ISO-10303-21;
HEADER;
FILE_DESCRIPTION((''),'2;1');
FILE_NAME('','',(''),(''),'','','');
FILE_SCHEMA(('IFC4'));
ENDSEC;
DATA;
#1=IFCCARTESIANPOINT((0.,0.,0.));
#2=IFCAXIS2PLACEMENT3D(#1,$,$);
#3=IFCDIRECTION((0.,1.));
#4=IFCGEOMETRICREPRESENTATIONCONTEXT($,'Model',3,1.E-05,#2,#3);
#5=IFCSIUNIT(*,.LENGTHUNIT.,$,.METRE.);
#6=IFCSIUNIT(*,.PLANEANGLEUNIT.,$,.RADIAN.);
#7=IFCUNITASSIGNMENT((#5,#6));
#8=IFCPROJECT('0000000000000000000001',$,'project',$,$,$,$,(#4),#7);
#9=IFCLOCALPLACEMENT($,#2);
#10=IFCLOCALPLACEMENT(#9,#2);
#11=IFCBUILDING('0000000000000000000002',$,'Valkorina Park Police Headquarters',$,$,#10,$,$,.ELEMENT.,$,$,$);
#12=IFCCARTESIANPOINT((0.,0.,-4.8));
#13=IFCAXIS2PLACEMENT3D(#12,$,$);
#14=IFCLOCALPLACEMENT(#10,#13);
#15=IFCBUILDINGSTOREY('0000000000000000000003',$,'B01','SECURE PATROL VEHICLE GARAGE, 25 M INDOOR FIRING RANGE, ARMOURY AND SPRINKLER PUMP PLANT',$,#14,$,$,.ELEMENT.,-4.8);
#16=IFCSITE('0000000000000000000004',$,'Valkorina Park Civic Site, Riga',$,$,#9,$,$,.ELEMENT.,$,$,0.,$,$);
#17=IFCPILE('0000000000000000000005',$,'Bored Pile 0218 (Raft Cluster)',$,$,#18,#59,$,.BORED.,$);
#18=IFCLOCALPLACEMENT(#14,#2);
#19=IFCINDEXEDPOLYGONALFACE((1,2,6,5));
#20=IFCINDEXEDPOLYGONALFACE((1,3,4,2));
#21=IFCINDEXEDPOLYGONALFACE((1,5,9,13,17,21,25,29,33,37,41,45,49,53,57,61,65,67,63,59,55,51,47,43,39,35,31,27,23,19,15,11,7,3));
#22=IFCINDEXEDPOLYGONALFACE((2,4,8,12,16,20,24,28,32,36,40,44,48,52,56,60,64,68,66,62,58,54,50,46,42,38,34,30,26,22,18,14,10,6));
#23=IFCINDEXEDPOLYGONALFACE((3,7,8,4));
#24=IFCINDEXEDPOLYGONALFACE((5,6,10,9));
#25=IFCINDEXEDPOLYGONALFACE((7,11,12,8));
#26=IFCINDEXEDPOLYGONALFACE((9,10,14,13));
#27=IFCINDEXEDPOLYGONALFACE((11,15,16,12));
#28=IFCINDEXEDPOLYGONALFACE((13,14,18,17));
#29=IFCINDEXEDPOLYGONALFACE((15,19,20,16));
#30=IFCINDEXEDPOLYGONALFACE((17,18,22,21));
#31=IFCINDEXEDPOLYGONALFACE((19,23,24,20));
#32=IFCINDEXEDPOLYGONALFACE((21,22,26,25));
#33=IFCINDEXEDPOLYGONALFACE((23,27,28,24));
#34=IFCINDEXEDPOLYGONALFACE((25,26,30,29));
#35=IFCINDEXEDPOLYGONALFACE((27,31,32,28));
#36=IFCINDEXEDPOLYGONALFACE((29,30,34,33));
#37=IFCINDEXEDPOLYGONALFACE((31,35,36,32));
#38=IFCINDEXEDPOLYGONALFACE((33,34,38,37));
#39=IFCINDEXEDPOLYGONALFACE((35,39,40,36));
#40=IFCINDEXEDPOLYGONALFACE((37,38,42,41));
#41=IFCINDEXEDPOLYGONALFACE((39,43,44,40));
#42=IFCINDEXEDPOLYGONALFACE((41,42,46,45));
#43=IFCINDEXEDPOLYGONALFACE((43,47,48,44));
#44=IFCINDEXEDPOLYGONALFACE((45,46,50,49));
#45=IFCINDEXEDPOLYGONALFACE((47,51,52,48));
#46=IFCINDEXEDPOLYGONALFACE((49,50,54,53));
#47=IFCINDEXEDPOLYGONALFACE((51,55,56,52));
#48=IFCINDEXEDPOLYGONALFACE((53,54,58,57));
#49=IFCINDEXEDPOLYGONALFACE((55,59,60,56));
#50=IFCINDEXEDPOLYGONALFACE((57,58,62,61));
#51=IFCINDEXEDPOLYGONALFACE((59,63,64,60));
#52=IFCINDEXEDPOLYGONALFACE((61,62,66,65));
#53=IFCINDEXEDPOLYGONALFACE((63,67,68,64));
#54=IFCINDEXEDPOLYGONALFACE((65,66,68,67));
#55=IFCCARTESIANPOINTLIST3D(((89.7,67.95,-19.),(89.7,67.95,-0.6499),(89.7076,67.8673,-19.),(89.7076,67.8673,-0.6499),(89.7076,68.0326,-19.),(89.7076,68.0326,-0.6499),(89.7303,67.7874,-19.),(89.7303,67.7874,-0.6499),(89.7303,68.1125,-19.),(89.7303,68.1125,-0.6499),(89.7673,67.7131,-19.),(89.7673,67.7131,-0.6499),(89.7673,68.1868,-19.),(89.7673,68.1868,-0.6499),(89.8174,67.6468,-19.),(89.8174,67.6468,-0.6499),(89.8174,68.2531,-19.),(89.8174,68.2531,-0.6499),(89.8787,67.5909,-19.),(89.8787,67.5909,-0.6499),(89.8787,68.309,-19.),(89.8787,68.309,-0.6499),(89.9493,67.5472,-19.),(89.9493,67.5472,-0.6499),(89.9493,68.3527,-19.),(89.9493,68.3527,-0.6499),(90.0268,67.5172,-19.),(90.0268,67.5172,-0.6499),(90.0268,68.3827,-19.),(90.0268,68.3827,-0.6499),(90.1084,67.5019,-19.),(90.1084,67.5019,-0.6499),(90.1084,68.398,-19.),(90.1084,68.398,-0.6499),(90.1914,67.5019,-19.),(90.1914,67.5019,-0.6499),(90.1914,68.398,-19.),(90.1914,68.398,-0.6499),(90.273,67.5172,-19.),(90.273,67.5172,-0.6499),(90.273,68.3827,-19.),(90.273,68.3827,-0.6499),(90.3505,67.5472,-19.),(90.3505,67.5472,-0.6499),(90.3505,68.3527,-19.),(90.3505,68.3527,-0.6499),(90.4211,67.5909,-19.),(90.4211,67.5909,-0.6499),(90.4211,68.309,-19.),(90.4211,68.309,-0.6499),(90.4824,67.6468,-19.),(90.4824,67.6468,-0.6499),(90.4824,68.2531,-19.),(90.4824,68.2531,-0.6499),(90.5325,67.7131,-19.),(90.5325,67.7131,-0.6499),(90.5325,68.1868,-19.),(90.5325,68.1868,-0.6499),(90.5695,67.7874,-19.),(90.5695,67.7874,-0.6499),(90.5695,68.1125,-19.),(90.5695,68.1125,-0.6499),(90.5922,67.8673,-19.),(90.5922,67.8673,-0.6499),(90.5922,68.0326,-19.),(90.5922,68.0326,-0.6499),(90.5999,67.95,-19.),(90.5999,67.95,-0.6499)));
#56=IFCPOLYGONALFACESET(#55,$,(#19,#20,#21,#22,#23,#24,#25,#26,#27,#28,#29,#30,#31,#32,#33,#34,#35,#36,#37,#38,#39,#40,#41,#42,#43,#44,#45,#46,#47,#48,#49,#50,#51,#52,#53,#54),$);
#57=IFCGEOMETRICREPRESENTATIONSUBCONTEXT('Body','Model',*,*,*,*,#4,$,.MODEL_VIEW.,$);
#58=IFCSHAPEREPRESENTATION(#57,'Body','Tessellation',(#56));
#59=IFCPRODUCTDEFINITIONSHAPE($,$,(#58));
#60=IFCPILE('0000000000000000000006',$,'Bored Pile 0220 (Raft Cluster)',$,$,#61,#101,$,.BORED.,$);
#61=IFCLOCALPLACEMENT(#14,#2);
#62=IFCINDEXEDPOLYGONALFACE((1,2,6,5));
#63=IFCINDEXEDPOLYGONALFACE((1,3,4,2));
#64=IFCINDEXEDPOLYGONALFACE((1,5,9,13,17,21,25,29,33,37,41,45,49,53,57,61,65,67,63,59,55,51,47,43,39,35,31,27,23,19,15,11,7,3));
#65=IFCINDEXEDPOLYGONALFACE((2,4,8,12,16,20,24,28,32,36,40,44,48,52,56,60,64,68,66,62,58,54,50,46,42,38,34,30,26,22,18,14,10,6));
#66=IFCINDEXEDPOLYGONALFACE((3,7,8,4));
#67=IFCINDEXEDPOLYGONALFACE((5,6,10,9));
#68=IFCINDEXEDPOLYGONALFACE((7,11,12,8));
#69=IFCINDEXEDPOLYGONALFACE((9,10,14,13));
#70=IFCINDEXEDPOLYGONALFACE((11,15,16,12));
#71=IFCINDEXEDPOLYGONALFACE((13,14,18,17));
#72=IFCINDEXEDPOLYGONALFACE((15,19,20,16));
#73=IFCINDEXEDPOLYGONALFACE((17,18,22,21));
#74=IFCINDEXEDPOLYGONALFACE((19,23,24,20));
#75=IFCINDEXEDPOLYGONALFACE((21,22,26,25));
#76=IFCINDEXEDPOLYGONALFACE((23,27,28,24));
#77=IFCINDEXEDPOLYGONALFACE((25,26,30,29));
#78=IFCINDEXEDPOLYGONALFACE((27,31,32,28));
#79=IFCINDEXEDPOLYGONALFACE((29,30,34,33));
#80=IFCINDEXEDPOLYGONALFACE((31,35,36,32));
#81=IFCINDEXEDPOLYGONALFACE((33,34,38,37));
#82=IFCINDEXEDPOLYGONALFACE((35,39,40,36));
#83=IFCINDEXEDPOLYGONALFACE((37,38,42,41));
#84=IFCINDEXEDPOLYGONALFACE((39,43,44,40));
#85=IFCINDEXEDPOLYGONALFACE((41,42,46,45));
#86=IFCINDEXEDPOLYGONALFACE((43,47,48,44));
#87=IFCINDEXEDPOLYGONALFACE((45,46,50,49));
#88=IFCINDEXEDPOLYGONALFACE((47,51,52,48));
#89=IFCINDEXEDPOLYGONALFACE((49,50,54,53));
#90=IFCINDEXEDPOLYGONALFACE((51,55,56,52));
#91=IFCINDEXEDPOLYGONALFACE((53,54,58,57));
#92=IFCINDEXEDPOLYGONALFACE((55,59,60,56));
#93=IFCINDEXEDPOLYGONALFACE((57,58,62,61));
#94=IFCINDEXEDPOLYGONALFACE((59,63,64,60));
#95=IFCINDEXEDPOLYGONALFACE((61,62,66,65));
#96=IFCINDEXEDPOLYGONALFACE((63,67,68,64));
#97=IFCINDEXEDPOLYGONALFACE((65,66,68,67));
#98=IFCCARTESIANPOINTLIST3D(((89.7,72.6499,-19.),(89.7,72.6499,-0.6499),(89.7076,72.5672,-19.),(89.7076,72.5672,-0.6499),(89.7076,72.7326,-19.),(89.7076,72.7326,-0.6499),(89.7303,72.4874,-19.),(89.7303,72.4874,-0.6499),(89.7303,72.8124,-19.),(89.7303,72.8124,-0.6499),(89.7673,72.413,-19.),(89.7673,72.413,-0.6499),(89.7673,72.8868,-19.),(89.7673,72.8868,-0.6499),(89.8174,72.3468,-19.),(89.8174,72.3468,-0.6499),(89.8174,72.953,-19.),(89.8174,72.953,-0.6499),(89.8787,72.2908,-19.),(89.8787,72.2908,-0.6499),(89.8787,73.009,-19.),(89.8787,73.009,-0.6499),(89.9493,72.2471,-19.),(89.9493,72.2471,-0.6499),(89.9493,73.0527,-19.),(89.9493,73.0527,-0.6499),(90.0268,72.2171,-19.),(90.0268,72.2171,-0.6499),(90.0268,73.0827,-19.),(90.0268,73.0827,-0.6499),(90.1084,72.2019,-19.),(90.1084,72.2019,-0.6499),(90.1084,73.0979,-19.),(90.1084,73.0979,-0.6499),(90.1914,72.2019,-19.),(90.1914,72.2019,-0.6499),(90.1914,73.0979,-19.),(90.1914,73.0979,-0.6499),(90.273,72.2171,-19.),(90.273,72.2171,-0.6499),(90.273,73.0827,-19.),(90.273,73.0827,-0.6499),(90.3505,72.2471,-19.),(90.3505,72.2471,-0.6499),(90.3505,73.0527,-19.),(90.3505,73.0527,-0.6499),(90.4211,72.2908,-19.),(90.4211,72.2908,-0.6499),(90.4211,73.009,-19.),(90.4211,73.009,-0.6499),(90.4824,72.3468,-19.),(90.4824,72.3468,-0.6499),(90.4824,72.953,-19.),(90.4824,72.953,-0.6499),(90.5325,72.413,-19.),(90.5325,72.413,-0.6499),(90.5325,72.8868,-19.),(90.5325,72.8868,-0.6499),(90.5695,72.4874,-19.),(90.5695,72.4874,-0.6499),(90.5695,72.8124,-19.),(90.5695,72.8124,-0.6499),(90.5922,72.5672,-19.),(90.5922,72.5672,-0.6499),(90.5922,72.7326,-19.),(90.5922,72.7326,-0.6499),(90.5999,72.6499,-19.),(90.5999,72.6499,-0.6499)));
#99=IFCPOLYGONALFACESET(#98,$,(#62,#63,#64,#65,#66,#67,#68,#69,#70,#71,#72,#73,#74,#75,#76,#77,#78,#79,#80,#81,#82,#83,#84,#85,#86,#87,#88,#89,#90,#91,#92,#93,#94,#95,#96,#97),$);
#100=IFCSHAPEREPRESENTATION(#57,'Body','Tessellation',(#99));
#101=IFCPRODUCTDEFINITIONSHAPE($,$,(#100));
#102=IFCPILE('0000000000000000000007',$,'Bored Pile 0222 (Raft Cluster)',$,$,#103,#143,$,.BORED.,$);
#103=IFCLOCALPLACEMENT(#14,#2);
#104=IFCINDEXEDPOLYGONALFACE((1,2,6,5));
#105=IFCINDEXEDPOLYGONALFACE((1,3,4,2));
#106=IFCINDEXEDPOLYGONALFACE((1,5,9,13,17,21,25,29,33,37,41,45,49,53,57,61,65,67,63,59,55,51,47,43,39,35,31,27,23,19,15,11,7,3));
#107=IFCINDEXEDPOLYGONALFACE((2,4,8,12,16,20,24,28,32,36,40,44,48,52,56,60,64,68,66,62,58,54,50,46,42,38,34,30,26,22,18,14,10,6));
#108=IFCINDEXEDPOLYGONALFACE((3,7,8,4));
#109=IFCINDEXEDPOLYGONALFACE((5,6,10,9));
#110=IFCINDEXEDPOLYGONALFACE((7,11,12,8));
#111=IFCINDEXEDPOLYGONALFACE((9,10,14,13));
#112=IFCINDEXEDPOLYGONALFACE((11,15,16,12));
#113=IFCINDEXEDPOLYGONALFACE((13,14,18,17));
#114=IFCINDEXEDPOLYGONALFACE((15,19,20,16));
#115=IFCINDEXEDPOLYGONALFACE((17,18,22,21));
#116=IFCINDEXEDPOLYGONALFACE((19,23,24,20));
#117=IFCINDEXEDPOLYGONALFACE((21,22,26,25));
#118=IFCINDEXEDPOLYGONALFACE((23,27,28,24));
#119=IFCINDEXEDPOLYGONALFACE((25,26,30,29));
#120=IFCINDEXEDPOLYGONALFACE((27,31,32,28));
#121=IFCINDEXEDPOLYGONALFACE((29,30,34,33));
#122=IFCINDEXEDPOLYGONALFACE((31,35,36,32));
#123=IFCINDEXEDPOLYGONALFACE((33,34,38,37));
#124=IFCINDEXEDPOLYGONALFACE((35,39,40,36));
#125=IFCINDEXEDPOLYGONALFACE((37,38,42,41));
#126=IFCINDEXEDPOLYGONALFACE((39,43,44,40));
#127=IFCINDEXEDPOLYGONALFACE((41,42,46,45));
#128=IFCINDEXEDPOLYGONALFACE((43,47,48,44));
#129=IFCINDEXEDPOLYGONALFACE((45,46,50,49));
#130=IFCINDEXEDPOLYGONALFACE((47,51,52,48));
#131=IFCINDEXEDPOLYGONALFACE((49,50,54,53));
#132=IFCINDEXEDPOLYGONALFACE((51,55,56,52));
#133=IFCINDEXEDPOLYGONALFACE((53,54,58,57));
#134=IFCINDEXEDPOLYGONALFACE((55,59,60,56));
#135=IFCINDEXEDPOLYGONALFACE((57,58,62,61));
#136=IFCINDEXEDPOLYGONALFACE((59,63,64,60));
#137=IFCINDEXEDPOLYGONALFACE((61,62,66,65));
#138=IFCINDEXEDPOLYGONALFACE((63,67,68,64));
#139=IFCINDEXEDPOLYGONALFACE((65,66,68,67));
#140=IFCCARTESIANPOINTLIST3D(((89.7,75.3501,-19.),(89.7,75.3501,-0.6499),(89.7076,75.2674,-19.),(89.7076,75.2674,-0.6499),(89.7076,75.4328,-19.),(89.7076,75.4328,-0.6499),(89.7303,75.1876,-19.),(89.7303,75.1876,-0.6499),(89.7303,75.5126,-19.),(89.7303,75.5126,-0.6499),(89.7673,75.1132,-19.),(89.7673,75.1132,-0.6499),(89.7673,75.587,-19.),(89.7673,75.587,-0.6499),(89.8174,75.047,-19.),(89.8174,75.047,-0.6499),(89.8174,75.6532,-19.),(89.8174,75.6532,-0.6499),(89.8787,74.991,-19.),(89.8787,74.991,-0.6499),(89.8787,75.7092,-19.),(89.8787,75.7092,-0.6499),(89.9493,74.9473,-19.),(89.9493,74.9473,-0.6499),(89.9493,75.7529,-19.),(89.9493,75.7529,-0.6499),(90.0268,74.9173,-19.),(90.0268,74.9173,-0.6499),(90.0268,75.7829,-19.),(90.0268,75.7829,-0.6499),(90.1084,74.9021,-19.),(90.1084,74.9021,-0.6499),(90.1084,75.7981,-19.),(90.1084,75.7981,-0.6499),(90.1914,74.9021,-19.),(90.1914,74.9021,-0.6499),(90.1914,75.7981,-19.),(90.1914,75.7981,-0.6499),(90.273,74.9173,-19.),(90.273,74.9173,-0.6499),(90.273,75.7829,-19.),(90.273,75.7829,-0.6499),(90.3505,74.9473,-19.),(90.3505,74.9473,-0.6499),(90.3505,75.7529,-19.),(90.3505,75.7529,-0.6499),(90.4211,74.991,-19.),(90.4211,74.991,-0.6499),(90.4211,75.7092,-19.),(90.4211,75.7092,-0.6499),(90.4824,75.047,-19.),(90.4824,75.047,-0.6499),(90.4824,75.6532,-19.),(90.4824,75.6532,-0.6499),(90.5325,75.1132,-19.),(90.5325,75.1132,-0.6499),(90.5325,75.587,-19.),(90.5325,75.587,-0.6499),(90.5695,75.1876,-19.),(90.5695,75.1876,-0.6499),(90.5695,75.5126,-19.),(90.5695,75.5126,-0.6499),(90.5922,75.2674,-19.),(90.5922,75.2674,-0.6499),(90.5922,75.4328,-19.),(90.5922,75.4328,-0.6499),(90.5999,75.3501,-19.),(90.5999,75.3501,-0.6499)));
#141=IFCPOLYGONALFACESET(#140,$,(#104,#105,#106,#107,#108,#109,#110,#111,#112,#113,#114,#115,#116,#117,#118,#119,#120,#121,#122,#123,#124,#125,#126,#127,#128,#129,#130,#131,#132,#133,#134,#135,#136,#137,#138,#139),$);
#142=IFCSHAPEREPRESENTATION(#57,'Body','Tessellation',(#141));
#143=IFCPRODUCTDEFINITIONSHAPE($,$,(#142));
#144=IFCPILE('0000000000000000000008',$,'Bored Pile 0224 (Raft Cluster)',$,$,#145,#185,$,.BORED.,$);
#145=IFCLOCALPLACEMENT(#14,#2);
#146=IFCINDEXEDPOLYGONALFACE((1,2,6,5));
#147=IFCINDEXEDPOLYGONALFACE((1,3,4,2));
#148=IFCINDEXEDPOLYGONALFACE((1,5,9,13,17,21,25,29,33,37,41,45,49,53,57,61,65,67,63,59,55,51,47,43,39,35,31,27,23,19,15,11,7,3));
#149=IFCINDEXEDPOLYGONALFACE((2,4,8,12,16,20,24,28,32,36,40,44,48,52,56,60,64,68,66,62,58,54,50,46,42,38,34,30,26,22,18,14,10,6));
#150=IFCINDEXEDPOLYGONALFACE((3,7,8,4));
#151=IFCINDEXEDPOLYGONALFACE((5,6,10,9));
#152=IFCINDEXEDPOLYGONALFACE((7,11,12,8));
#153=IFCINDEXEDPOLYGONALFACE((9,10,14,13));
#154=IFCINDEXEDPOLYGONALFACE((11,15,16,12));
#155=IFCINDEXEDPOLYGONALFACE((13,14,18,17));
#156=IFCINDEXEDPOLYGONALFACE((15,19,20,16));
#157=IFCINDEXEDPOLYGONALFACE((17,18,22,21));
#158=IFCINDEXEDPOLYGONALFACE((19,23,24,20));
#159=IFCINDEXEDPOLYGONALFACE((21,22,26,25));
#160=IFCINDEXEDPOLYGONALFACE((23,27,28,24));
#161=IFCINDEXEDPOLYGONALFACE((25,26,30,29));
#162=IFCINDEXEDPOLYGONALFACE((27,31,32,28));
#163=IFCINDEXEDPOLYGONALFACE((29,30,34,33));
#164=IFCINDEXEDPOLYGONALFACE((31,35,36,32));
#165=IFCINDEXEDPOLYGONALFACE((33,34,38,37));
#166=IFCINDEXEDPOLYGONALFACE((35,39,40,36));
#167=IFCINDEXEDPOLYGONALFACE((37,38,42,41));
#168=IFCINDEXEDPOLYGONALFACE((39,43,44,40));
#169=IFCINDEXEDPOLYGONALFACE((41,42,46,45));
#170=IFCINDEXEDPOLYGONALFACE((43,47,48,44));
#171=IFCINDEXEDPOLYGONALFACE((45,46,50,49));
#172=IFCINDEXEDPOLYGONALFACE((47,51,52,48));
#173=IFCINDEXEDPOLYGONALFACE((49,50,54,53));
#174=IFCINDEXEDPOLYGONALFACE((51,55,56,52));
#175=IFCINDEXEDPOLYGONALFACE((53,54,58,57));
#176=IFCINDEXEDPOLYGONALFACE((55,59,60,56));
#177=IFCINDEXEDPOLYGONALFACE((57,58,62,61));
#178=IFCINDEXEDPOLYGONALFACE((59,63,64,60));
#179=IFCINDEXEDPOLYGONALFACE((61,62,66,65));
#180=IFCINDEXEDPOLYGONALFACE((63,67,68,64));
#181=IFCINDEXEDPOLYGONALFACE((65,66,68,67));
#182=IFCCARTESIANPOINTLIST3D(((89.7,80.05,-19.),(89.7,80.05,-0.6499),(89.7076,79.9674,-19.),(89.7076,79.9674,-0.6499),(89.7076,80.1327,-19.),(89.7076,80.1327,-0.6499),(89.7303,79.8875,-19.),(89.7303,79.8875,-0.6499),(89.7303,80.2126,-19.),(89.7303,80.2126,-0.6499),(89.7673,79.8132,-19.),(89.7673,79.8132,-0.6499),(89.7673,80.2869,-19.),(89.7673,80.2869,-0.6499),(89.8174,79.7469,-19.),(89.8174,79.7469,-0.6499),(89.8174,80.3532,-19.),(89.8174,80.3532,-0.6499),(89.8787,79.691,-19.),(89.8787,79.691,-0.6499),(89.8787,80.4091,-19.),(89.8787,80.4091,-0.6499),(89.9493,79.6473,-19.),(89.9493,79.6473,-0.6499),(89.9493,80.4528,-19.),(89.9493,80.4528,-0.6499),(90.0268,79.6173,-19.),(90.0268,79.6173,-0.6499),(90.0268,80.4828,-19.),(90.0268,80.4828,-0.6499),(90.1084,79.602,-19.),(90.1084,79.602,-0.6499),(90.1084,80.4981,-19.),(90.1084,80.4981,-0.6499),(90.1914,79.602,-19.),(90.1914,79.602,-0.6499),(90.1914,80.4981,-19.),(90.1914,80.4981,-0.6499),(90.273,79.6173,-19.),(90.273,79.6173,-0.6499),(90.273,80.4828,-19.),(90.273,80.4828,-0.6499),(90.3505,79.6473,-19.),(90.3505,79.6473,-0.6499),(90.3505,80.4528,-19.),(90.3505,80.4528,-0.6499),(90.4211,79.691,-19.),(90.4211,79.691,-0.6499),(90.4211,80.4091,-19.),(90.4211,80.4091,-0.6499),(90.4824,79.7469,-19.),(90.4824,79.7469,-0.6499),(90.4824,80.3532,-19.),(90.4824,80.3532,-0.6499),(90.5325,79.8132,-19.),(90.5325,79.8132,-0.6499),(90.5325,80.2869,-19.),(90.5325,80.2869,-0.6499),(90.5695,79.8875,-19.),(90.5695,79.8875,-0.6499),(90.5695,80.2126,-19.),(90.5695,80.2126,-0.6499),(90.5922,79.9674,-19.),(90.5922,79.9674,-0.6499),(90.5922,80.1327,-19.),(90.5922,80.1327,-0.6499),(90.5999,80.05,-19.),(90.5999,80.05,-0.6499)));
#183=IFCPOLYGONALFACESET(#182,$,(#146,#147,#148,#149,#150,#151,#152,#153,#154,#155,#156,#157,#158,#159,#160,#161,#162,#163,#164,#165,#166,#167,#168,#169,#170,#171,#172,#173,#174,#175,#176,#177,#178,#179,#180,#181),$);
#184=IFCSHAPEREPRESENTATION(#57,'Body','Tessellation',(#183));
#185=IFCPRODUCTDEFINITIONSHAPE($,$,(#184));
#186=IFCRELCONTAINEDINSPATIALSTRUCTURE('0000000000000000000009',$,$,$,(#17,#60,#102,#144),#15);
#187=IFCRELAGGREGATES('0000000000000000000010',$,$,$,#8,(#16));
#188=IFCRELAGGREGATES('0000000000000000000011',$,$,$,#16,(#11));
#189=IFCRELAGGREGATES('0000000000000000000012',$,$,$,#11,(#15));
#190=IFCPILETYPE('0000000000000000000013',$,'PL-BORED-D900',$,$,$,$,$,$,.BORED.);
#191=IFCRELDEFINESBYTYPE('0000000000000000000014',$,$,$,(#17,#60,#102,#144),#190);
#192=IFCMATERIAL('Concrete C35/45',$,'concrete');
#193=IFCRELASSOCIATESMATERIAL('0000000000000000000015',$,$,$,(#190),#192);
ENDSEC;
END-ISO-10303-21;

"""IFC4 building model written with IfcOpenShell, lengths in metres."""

from ifc_helpers import new_model, si_unit, direction, frame, origin, origin_2d, place, context, subcontext, project, spatial, circle, extrude, material, material_profile, profile_set, type_object, element, save


model = new_model("IFC4")

# Units and contexts
model_context = context("Model", 3, precision=1e-05, world=origin(), true_north=direction((0.0, 1.0)))
body_context = subcontext(model_context, "Body", "Model", "MODEL_VIEW")
ifc_project = project(units=[si_unit("LENGTHUNIT", "METRE"), si_unit("PLANEANGLEUNIT", "RADIAN")], contexts=[model_context])

# Site, building, storey
site_placement = place(None, origin())
site = spatial("IfcSite", under=ifc_project, at=site_placement, Name="Valkorina Park Civic Site, Riga", CompositionType="ELEMENT", RefElevation=0.0)
building_placement = place(site_placement, origin())
building = spatial("IfcBuilding", under=site, at=building_placement, Name="Valkorina Park Police Headquarters", CompositionType="ELEMENT")
storey_placement = place(building_placement, frame((0.0, 0.0, -4.8)))
storey = spatial("IfcBuildingStorey", under=building, at=storey_placement, Name="B01", Description="SECURE PATROL VEHICLE GARAGE, 25 M INDOOR FIRING RANGE, ARMOURY AND SPRINKLER PUMP PLANT", CompositionType="ELEMENT", Elevation=-4.8)

# Piles
ifc_material_1 = material(Name="Concrete C35/45", Category="concrete")
ifc_material_profile_1 = material_profile(ifc_material_1, circle(Radius=0.45, at=origin_2d()), Name="BORED PILE D900")
ifc_profile_set_1 = profile_set([ifc_material_profile_1], Name="Concrete C35/45")
pile_type = type_object("IfcPileType", Name="PL-BORED-D900", PredefinedType="BORED", material=ifc_profile_set_1)
for number, where, z_axis, x_axis, name in (
    (1, (90.1499, 67.95, -0.6499), (0.0, 0.0, -1.0), (1.0, 0.0, 0.0), "Bored Pile 0218 (Raft Cluster)"),
    (2, (90.1499, 72.6499, -0.6499), (0.0, 0.0, -1.0), (1.0, 0.0, 0.0), "Bored Pile 0220 (Raft Cluster)"),
    (3, (90.1499, 75.3501, -0.6499), (0.0, 0.0, -1.0), (1.0, 0.0, 0.0), "Bored Pile 0222 (Raft Cluster)"),
    (4, (90.1499, 80.05, -0.6499), (0.0, 0.0, -1.0), (1.0, 0.0, 0.0), "Bored Pile 0224 (Raft Cluster)"),
):
    element("IfcPile", number, at=place(storey_placement, frame(where, z_axis=z_axis, x_axis=x_axis)), inside=storey, type_object=pile_type, Name=name, PredefinedType="BORED", context=body_context, shape_type="SweptSolid", body=[
        extrude(circle(Radius=0.45, at=origin_2d()), origin(), (0.0, 0.0, 1.0), 18.3501),
    ])

save(model, "model.ifc")
